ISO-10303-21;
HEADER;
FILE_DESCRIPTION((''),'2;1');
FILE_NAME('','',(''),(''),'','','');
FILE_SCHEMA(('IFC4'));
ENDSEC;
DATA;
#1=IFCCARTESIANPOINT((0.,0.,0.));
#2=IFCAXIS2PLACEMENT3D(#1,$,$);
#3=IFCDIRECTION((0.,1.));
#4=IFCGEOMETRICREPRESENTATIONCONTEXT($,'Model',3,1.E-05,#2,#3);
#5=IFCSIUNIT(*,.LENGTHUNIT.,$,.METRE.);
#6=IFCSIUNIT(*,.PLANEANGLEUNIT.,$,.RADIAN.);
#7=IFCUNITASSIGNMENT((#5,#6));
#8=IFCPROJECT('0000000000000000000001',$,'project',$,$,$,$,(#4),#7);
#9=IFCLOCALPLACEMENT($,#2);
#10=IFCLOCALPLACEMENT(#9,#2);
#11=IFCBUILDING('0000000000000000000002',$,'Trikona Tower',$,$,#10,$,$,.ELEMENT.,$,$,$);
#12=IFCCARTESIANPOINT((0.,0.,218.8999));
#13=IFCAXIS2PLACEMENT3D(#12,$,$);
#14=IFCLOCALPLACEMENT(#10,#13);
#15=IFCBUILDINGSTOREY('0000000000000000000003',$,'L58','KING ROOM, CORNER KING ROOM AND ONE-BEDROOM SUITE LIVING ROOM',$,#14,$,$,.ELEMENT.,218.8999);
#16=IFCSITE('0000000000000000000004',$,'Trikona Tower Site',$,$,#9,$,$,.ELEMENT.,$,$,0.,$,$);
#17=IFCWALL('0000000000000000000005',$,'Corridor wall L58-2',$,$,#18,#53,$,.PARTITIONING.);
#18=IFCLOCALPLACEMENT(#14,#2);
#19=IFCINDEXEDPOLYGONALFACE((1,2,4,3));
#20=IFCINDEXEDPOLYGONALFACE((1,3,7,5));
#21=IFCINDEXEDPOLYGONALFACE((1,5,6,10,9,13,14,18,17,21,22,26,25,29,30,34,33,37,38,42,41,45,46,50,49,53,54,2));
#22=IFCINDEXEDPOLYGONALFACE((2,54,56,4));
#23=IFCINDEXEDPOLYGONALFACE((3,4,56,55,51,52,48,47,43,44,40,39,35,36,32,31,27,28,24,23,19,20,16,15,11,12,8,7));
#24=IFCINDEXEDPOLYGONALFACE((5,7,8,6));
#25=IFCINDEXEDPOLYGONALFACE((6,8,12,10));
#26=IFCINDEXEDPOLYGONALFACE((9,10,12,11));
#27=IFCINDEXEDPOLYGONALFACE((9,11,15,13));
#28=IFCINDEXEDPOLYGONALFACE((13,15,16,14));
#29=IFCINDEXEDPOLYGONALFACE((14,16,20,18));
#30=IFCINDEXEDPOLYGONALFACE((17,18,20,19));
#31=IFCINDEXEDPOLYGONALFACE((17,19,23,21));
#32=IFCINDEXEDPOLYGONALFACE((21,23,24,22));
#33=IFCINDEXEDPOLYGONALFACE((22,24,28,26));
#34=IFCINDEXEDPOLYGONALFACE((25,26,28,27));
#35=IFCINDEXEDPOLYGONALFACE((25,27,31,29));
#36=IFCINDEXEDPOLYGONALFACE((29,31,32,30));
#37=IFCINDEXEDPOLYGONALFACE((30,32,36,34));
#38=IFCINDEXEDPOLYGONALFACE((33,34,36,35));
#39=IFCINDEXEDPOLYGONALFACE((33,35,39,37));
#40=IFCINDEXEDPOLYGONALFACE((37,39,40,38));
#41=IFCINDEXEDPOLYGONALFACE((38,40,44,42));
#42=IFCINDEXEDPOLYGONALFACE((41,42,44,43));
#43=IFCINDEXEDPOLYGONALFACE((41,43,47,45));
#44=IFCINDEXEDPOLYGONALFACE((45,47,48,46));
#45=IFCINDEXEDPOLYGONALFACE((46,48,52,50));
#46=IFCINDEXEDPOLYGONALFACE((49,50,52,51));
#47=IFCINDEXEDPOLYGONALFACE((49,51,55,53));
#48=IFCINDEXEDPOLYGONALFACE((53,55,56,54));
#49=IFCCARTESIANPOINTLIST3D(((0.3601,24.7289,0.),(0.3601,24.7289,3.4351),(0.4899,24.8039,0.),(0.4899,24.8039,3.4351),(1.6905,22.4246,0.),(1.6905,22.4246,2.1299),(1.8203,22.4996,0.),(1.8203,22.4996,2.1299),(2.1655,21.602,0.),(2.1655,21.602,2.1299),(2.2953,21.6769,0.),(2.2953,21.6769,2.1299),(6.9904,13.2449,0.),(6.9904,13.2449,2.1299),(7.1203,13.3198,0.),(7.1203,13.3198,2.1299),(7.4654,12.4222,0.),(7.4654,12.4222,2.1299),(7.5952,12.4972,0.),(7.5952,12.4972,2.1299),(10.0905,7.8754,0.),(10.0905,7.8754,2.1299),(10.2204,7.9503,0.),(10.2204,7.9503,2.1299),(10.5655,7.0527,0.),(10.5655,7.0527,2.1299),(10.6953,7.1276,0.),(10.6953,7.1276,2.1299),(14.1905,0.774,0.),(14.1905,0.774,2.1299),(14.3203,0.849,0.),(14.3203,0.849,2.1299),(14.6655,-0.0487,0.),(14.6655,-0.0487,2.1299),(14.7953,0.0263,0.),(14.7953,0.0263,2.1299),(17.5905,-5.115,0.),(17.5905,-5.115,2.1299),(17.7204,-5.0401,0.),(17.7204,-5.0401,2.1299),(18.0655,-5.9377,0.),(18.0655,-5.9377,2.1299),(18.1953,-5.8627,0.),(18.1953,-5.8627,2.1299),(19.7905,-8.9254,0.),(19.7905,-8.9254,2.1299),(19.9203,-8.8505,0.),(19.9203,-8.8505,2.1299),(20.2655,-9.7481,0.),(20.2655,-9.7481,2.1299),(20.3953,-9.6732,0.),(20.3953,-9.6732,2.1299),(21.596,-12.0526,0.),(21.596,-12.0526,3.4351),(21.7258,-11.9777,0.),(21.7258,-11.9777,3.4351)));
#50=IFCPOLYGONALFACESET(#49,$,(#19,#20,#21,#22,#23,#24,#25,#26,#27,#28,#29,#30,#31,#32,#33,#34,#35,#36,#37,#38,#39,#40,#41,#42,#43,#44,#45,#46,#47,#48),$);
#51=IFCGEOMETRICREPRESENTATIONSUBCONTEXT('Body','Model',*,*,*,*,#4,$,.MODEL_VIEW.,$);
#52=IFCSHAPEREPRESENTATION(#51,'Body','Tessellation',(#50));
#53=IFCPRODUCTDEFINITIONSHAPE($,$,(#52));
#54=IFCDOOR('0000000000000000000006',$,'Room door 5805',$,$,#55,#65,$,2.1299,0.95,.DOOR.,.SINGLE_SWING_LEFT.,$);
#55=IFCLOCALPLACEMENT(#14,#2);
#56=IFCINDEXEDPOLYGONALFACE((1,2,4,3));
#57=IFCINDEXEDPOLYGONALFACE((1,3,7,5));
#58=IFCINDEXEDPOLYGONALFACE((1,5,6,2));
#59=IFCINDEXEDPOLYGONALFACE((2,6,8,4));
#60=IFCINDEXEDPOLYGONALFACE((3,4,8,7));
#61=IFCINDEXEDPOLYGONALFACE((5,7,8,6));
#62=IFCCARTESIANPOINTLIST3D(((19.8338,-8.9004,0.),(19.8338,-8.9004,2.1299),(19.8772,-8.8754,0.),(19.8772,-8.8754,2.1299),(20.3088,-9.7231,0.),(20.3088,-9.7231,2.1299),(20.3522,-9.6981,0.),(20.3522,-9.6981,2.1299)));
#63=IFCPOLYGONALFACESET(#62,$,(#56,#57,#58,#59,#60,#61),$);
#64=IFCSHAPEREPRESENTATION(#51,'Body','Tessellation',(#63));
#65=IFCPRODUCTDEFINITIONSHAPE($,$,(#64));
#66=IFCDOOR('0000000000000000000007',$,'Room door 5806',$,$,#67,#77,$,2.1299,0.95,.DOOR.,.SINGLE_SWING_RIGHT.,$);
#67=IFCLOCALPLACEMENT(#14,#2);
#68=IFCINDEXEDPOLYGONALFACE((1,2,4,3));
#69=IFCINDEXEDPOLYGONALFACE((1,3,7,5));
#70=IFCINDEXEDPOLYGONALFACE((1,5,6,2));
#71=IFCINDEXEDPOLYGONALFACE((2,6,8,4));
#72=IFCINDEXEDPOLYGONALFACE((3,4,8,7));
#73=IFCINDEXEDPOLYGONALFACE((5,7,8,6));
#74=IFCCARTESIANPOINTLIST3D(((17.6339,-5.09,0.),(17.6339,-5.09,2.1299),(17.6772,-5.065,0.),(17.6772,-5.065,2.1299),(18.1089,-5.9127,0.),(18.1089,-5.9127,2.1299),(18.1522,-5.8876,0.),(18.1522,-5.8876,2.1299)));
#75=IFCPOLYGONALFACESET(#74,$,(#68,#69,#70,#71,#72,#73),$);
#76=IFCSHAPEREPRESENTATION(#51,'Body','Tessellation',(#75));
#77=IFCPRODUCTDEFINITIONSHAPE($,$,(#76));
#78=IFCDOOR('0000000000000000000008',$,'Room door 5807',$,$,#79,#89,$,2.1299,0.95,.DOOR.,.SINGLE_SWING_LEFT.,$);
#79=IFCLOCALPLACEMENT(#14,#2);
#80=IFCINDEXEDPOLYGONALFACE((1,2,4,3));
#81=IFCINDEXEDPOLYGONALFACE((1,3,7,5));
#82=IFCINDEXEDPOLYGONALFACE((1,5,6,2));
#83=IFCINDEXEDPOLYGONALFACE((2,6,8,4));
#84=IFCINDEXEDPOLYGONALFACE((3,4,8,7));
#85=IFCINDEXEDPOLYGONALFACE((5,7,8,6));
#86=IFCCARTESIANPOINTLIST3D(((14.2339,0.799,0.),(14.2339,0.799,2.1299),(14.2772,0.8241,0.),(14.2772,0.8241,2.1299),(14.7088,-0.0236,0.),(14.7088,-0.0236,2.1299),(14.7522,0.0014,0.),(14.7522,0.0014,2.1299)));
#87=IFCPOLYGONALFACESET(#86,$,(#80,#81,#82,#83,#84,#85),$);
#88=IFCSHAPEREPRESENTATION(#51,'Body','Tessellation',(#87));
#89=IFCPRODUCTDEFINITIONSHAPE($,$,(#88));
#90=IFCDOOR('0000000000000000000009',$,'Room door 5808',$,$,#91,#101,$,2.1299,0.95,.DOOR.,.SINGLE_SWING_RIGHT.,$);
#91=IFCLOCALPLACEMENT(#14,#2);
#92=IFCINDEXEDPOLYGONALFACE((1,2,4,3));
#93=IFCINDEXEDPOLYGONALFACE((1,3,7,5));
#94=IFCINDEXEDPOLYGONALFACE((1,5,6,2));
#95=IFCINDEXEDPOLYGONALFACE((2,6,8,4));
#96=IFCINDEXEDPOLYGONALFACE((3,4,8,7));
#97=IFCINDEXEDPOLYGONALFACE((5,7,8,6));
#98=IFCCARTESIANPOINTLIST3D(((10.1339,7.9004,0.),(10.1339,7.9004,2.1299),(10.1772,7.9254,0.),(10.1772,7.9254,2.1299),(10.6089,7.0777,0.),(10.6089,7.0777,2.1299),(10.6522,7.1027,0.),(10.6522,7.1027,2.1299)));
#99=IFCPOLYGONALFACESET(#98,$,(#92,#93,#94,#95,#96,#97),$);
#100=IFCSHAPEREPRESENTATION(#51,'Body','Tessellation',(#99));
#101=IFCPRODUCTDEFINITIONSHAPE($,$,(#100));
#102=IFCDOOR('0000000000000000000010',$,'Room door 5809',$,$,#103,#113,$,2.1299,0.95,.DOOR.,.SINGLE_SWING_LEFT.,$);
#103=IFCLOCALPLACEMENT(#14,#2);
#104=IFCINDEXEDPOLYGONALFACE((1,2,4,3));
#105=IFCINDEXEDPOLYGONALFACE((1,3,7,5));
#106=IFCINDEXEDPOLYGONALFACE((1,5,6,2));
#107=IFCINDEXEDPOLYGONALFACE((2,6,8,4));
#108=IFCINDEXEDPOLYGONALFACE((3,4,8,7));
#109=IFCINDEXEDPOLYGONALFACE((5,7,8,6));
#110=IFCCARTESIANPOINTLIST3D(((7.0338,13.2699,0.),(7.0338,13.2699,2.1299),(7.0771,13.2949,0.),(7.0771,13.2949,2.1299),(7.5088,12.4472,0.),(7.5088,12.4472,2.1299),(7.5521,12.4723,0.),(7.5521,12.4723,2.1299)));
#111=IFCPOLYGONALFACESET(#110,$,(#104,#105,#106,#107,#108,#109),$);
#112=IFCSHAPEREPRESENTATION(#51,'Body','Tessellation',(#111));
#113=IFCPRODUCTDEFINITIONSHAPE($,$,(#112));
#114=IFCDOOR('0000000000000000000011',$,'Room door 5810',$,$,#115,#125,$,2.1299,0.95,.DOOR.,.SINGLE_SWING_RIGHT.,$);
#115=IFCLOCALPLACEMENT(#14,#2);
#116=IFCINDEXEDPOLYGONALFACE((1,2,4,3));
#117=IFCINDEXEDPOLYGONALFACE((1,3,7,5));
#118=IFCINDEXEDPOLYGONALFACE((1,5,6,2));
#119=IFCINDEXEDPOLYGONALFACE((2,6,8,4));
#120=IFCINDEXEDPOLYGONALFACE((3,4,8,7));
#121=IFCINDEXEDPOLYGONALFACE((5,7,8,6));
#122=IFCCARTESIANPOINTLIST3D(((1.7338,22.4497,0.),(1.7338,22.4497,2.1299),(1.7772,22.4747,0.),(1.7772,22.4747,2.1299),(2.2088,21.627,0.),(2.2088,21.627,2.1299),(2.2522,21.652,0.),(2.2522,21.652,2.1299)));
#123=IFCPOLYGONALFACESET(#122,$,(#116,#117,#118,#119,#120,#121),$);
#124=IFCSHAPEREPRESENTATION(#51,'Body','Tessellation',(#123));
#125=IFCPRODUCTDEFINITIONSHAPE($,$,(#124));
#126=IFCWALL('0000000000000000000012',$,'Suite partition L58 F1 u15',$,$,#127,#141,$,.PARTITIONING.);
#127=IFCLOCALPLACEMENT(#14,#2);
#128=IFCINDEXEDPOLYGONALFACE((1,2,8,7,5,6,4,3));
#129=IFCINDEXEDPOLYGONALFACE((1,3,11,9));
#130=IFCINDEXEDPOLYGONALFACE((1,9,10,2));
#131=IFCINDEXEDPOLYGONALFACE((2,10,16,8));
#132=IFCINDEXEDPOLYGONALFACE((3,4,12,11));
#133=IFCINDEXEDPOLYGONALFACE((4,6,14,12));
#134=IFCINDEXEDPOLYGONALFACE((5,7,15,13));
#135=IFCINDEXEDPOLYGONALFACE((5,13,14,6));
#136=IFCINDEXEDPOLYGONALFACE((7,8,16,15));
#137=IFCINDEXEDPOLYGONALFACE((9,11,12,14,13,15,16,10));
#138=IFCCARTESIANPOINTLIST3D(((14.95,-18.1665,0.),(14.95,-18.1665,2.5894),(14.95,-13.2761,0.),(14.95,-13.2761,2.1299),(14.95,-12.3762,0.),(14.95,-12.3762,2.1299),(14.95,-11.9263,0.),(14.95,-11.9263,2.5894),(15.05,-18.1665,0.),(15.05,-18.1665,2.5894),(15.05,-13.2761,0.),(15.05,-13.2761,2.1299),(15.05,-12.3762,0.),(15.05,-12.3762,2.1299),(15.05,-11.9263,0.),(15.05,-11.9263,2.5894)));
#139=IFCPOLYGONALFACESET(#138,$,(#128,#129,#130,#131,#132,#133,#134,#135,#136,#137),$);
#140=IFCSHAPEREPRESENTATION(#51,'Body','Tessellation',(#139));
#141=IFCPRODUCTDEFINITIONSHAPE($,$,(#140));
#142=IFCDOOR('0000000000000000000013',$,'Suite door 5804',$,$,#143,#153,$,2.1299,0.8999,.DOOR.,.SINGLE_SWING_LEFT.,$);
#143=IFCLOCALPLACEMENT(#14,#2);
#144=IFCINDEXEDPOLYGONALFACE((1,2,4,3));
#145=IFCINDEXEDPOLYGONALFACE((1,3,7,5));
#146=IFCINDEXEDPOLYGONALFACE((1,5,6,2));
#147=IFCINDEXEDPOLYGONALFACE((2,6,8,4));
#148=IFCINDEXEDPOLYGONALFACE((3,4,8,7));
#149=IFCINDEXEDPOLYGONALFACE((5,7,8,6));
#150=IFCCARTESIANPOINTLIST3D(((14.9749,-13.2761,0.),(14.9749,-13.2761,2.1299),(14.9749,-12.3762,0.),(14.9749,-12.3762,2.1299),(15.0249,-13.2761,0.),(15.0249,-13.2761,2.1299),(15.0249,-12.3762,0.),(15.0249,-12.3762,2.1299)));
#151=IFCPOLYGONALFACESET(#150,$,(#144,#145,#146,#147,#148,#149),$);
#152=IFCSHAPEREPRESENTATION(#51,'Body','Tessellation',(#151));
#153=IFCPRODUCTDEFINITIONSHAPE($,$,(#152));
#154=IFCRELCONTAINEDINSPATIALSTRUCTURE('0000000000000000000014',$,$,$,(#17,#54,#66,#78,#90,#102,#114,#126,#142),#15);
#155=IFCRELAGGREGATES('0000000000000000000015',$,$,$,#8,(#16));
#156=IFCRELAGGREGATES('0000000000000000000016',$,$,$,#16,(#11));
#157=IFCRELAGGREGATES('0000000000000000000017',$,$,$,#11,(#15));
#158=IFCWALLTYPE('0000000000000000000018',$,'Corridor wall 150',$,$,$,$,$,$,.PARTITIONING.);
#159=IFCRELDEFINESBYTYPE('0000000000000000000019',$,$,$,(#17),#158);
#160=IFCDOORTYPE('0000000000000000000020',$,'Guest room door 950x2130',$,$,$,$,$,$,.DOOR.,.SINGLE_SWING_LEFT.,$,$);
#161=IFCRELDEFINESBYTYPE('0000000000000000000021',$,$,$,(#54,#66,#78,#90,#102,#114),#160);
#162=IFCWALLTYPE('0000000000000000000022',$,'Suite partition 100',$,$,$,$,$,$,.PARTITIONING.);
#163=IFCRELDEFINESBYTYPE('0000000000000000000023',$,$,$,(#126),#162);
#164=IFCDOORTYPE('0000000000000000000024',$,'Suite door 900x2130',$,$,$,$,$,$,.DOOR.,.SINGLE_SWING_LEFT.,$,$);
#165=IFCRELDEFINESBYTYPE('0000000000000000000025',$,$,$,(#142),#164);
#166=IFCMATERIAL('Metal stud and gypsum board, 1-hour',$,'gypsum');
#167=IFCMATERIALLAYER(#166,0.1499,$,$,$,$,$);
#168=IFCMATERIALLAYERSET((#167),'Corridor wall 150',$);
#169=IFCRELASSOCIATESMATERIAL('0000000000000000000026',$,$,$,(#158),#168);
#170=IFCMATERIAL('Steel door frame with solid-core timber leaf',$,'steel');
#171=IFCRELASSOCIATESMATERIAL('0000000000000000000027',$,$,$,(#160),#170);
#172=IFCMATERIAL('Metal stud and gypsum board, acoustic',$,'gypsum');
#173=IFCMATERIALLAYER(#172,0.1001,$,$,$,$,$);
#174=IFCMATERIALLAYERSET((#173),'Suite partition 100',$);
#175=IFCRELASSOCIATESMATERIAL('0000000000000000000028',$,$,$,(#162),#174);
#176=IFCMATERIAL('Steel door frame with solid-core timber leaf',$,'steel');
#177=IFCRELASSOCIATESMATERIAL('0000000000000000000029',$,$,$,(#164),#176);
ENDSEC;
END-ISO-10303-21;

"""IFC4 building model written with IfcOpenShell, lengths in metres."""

from ifc_helpers import new_model, si_unit, direction, frame, frame_2d, origin, place, context, subcontext, project, spatial, rectangle, extrude, material, layer, layer_set, type_object, element, fill, save


model = new_model("IFC4")

# Units and contexts
model_context = context("Model", 3, precision=1e-05, world=origin(), true_north=direction((0.0, 1.0)))
body_context = subcontext(model_context, "Body", "Model", "MODEL_VIEW")
ifc_project = project(units=[si_unit("LENGTHUNIT", "METRE"), si_unit("PLANEANGLEUNIT", "RADIAN")], contexts=[model_context])

# Site, building, storey
site_placement = place(None, origin())
site = spatial("IfcSite", under=ifc_project, at=site_placement, Name="Trikona Tower Site", CompositionType="ELEMENT", RefElevation=0.0)
building_placement = place(site_placement, origin())
building = spatial("IfcBuilding", under=site, at=building_placement, Name="Trikona Tower", CompositionType="ELEMENT")
storey_placement = place(building_placement, frame((0.0, 0.0, 218.8999)))
storey = spatial("IfcBuildingStorey", under=building, at=storey_placement, Name="L58", Description="KING ROOM, CORNER KING ROOM AND ONE-BEDROOM SUITE LIVING ROOM", CompositionType="ELEMENT", Elevation=218.8999)

# Wall, openings, doors
ifc_material_1 = material(Name="Metal stud and gypsum board, 1-hour", Category="gypsum")
ifc_layer_1 = layer(ifc_material_1, 0.1499)
ifc_layer_set_1 = layer_set([ifc_layer_1], Name="Corridor wall 150")
wall_type_1 = type_object("IfcWallType", Name="Corridor wall 150", PredefinedType="PARTITIONING", material=ifc_layer_set_1)
wall_1_placement = place(storey_placement, frame((21.6609, -12.0151, 0.0), z_axis=(0.0, 0.0, 1.0), x_axis=(-0.500001, 0.866025, 0.0)))
wall_1 = element("IfcWall", 1, at=wall_1_placement, inside=storey, type_object=wall_type_1, Name="Corridor wall L58-2", PredefinedType="PARTITIONING", context=body_context, shape_type="SweptSolid", body=[
    extrude(rectangle(XDim=42.4717, YDim=0.1499, at=frame_2d((21.2358, 0.0))), origin(), (0.0, 0.0, 1.0), 3.4351),
])
opening_1_placement = place(wall_1_placement, frame((2.6609, 0.0, 0.0)))
opening_1 = element("IfcOpeningElement", 2, at=opening_1_placement, cuts=wall_1, PredefinedType="OPENING", context=body_context, shape_type="SweptSolid", body=[
    extrude(rectangle(XDim=0.95, YDim=2.1299, at=frame_2d((0.4751, 1.0649))), frame((0.0, 0.085, 0.0), z_axis=(0.0, -1.0, 0.0), x_axis=(1.0, 0.0, 0.0)), (0.0, 0.0, 1.0), 0.1699),
])
opening_2_placement = place(wall_1_placement, frame((7.0608, 0.0, 0.0)))
opening_2 = element("IfcOpeningElement", 3, at=opening_2_placement, cuts=wall_1, PredefinedType="OPENING", context=body_context, shape_type="SweptSolid", body=[
    extrude(rectangle(XDim=0.95, YDim=2.1299, at=frame_2d((0.4751, 1.0649))), frame((0.0, 0.085, 0.0), z_axis=(0.0, -1.0, 0.0), x_axis=(1.0, 0.0, 0.0)), (0.0, 0.0, 1.0), 0.1699),
])
opening_3_placement = place(wall_1_placement, frame((13.8608, 0.0, 0.0)))
opening_3 = element("IfcOpeningElement", 4, at=opening_3_placement, cuts=wall_1, PredefinedType="OPENING", context=body_context, shape_type="SweptSolid", body=[
    extrude(rectangle(XDim=0.95, YDim=2.1299, at=frame_2d((0.4751, 1.0649))), frame((0.0, 0.085, 0.0), z_axis=(0.0, -1.0, 0.0), x_axis=(1.0, 0.0, 0.0)), (0.0, 0.0, 1.0), 0.1699),
])
opening_4_placement = place(wall_1_placement, frame((22.0608, 0.0, 0.0)))
opening_4 = element("IfcOpeningElement", 5, at=opening_4_placement, cuts=wall_1, PredefinedType="OPENING", context=body_context, shape_type="SweptSolid", body=[
    extrude(rectangle(XDim=0.95, YDim=2.1299, at=frame_2d((0.4751, 1.0649))), frame((0.0, 0.085, 0.0), z_axis=(0.0, -1.0, 0.0), x_axis=(1.0, 0.0, 0.0)), (0.0, 0.0, 1.0), 0.1699),
])
opening_5_placement = place(wall_1_placement, frame((28.261, 0.0, 0.0)))
opening_5 = element("IfcOpeningElement", 6, at=opening_5_placement, cuts=wall_1, PredefinedType="OPENING", context=body_context, shape_type="SweptSolid", body=[
    extrude(rectangle(XDim=0.95, YDim=2.1299, at=frame_2d((0.4751, 1.0649))), frame((0.0, 0.085, 0.0), z_axis=(0.0, -1.0, 0.0), x_axis=(1.0, 0.0, 0.0)), (0.0, 0.0, 1.0), 0.1699),
])
opening_6_placement = place(wall_1_placement, frame((38.8608, 0.0, 0.0)))
opening_6 = element("IfcOpeningElement", 7, at=opening_6_placement, cuts=wall_1, PredefinedType="OPENING", context=body_context, shape_type="SweptSolid", body=[
    extrude(rectangle(XDim=0.95, YDim=2.1299, at=frame_2d((0.4751, 1.0649))), frame((0.0, 0.085, 0.0), z_axis=(0.0, -1.0, 0.0), x_axis=(1.0, 0.0, 0.0)), (0.0, 0.0, 1.0), 0.1699),
])
ifc_material_2 = material(Name="Steel door frame with solid-core timber leaf", Category="steel")
door_type_1 = type_object("IfcDoorType", Name="Guest room door 950x2130", OperationType="SINGLE_SWING_LEFT", PredefinedType="DOOR", material=ifc_material_2)
door_1_placement = place(opening_1_placement, origin())
door_1 = element("IfcDoor", 8, at=door_1_placement, inside=storey, type_object=door_type_1, Name="Room door 5805", OperationType="SINGLE_SWING_LEFT", OverallHeight=2.1299, OverallWidth=0.95, PredefinedType="DOOR", context=body_context, shape_type="SweptSolid", body=[
    extrude(rectangle(XDim=0.95, YDim=2.1299, at=frame_2d((0.4751, 1.0649))), frame((0.0, 0.0249, 0.0), z_axis=(0.0, -1.0, 0.0), x_axis=(1.0, 0.0, 0.0)), (0.0, 0.0, 1.0), 0.05),
])
fill(opening_1, door_1)
door_2_placement = place(opening_2_placement, origin())
door_2 = element("IfcDoor", 9, at=door_2_placement, inside=storey, type_object=door_type_1, Name="Room door 5806", OperationType="SINGLE_SWING_RIGHT", OverallHeight=2.1299, OverallWidth=0.95, PredefinedType="DOOR", context=body_context, shape_type="SweptSolid", body=[
    extrude(rectangle(XDim=0.95, YDim=2.1299, at=frame_2d((0.4751, 1.0649))), frame((0.0, 0.0249, 0.0), z_axis=(0.0, -1.0, 0.0), x_axis=(1.0, 0.0, 0.0)), (0.0, 0.0, 1.0), 0.05),
])
fill(opening_2, door_2)
door_3_placement = place(opening_3_placement, origin())
door_3 = element("IfcDoor", 10, at=door_3_placement, inside=storey, type_object=door_type_1, Name="Room door 5807", OperationType="SINGLE_SWING_LEFT", OverallHeight=2.1299, OverallWidth=0.95, PredefinedType="DOOR", context=body_context, shape_type="SweptSolid", body=[
    extrude(rectangle(XDim=0.95, YDim=2.1299, at=frame_2d((0.4751, 1.0649))), frame((0.0, 0.0249, 0.0), z_axis=(0.0, -1.0, 0.0), x_axis=(1.0, 0.0, 0.0)), (0.0, 0.0, 1.0), 0.05),
])
fill(opening_3, door_3)
door_4_placement = place(opening_4_placement, origin())
door_4 = element("IfcDoor", 11, at=door_4_placement, inside=storey, type_object=door_type_1, Name="Room door 5808", OperationType="SINGLE_SWING_RIGHT", OverallHeight=2.1299, OverallWidth=0.95, PredefinedType="DOOR", context=body_context, shape_type="SweptSolid", body=[
    extrude(rectangle(XDim=0.95, YDim=2.1299, at=frame_2d((0.4751, 1.0649))), frame((0.0, 0.0249, 0.0), z_axis=(0.0, -1.0, 0.0), x_axis=(1.0, 0.0, 0.0)), (0.0, 0.0, 1.0), 0.05),
])
fill(opening_4, door_4)
door_5_placement = place(opening_5_placement, origin())
door_5 = element("IfcDoor", 12, at=door_5_placement, inside=storey, type_object=door_type_1, Name="Room door 5809", OperationType="SINGLE_SWING_LEFT", OverallHeight=2.1299, OverallWidth=0.95, PredefinedType="DOOR", context=body_context, shape_type="SweptSolid", body=[
    extrude(rectangle(XDim=0.95, YDim=2.1299, at=frame_2d((0.4751, 1.0649))), frame((0.0, 0.0249, 0.0), z_axis=(0.0, -1.0, 0.0), x_axis=(1.0, 0.0, 0.0)), (0.0, 0.0, 1.0), 0.05),
])
fill(opening_5, door_5)
door_6_placement = place(opening_6_placement, origin())
door_6 = element("IfcDoor", 13, at=door_6_placement, inside=storey, type_object=door_type_1, Name="Room door 5810", OperationType="SINGLE_SWING_RIGHT", OverallHeight=2.1299, OverallWidth=0.95, PredefinedType="DOOR", context=body_context, shape_type="SweptSolid", body=[
    extrude(rectangle(XDim=0.95, YDim=2.1299, at=frame_2d((0.4751, 1.0649))), frame((0.0, 0.0249, 0.0), z_axis=(0.0, -1.0, 0.0), x_axis=(1.0, 0.0, 0.0)), (0.0, 0.0, 1.0), 0.05),
])
fill(opening_6, door_6)

# Wall, opening, door
ifc_material_3 = material(Name="Metal stud and gypsum board, acoustic", Category="gypsum")
ifc_layer_2 = layer(ifc_material_3, 0.1001)
ifc_layer_set_2 = layer_set([ifc_layer_2], Name="Suite partition 100")
wall_type_2 = type_object("IfcWallType", Name="Suite partition 100", PredefinedType="PARTITIONING", material=ifc_layer_set_2)
wall_2_placement = place(storey_placement, frame((15.0, -11.9263, 0.0), z_axis=(0.0, 0.0, 1.0), x_axis=(0.0, -1.0, 0.0)))
wall_2 = element("IfcWall", 14, at=wall_2_placement, inside=storey, type_object=wall_type_2, Name="Suite partition L58 F1 u15", PredefinedType="PARTITIONING", context=body_context, shape_type="SweptSolid", body=[
    extrude(rectangle(XDim=6.2402, YDim=0.1001, at=frame_2d((3.1201, 0.0))), origin(), (0.0, 0.0, 1.0), 2.5894),
])
opening_7_placement = place(wall_2_placement, frame((0.45, 0.0, 0.0)))
opening_7 = element("IfcOpeningElement", 15, at=opening_7_placement, cuts=wall_2, PredefinedType="OPENING", context=body_context, shape_type="SweptSolid", body=[
    extrude(rectangle(XDim=0.8999, YDim=2.1299, at=frame_2d((0.45, 1.0649))), frame((0.0, 0.0601, 0.0), z_axis=(0.0, -1.0, 0.0), x_axis=(1.0, 0.0, 0.0)), (0.0, 0.0, 1.0), 0.1201),
])
ifc_material_4 = material(Name="Steel door frame with solid-core timber leaf", Category="steel")
door_type_2 = type_object("IfcDoorType", Name="Suite door 900x2130", OperationType="SINGLE_SWING_LEFT", PredefinedType="DOOR", material=ifc_material_4)
door_7_placement = place(opening_7_placement, origin())
door_7 = element("IfcDoor", 16, at=door_7_placement, inside=storey, type_object=door_type_2, Name="Suite door 5804", OperationType="SINGLE_SWING_LEFT", OverallHeight=2.1299, OverallWidth=0.8999, PredefinedType="DOOR", context=body_context, shape_type="SweptSolid", body=[
    extrude(rectangle(XDim=0.8999, YDim=2.1299, at=frame_2d((0.45, 1.0649))), frame((0.0, 0.0249, 0.0), z_axis=(0.0, -1.0, 0.0), x_axis=(1.0, 0.0, 0.0)), (0.0, 0.0, 1.0), 0.05),
])
fill(opening_7, door_7)

save(model, "model.ifc")
